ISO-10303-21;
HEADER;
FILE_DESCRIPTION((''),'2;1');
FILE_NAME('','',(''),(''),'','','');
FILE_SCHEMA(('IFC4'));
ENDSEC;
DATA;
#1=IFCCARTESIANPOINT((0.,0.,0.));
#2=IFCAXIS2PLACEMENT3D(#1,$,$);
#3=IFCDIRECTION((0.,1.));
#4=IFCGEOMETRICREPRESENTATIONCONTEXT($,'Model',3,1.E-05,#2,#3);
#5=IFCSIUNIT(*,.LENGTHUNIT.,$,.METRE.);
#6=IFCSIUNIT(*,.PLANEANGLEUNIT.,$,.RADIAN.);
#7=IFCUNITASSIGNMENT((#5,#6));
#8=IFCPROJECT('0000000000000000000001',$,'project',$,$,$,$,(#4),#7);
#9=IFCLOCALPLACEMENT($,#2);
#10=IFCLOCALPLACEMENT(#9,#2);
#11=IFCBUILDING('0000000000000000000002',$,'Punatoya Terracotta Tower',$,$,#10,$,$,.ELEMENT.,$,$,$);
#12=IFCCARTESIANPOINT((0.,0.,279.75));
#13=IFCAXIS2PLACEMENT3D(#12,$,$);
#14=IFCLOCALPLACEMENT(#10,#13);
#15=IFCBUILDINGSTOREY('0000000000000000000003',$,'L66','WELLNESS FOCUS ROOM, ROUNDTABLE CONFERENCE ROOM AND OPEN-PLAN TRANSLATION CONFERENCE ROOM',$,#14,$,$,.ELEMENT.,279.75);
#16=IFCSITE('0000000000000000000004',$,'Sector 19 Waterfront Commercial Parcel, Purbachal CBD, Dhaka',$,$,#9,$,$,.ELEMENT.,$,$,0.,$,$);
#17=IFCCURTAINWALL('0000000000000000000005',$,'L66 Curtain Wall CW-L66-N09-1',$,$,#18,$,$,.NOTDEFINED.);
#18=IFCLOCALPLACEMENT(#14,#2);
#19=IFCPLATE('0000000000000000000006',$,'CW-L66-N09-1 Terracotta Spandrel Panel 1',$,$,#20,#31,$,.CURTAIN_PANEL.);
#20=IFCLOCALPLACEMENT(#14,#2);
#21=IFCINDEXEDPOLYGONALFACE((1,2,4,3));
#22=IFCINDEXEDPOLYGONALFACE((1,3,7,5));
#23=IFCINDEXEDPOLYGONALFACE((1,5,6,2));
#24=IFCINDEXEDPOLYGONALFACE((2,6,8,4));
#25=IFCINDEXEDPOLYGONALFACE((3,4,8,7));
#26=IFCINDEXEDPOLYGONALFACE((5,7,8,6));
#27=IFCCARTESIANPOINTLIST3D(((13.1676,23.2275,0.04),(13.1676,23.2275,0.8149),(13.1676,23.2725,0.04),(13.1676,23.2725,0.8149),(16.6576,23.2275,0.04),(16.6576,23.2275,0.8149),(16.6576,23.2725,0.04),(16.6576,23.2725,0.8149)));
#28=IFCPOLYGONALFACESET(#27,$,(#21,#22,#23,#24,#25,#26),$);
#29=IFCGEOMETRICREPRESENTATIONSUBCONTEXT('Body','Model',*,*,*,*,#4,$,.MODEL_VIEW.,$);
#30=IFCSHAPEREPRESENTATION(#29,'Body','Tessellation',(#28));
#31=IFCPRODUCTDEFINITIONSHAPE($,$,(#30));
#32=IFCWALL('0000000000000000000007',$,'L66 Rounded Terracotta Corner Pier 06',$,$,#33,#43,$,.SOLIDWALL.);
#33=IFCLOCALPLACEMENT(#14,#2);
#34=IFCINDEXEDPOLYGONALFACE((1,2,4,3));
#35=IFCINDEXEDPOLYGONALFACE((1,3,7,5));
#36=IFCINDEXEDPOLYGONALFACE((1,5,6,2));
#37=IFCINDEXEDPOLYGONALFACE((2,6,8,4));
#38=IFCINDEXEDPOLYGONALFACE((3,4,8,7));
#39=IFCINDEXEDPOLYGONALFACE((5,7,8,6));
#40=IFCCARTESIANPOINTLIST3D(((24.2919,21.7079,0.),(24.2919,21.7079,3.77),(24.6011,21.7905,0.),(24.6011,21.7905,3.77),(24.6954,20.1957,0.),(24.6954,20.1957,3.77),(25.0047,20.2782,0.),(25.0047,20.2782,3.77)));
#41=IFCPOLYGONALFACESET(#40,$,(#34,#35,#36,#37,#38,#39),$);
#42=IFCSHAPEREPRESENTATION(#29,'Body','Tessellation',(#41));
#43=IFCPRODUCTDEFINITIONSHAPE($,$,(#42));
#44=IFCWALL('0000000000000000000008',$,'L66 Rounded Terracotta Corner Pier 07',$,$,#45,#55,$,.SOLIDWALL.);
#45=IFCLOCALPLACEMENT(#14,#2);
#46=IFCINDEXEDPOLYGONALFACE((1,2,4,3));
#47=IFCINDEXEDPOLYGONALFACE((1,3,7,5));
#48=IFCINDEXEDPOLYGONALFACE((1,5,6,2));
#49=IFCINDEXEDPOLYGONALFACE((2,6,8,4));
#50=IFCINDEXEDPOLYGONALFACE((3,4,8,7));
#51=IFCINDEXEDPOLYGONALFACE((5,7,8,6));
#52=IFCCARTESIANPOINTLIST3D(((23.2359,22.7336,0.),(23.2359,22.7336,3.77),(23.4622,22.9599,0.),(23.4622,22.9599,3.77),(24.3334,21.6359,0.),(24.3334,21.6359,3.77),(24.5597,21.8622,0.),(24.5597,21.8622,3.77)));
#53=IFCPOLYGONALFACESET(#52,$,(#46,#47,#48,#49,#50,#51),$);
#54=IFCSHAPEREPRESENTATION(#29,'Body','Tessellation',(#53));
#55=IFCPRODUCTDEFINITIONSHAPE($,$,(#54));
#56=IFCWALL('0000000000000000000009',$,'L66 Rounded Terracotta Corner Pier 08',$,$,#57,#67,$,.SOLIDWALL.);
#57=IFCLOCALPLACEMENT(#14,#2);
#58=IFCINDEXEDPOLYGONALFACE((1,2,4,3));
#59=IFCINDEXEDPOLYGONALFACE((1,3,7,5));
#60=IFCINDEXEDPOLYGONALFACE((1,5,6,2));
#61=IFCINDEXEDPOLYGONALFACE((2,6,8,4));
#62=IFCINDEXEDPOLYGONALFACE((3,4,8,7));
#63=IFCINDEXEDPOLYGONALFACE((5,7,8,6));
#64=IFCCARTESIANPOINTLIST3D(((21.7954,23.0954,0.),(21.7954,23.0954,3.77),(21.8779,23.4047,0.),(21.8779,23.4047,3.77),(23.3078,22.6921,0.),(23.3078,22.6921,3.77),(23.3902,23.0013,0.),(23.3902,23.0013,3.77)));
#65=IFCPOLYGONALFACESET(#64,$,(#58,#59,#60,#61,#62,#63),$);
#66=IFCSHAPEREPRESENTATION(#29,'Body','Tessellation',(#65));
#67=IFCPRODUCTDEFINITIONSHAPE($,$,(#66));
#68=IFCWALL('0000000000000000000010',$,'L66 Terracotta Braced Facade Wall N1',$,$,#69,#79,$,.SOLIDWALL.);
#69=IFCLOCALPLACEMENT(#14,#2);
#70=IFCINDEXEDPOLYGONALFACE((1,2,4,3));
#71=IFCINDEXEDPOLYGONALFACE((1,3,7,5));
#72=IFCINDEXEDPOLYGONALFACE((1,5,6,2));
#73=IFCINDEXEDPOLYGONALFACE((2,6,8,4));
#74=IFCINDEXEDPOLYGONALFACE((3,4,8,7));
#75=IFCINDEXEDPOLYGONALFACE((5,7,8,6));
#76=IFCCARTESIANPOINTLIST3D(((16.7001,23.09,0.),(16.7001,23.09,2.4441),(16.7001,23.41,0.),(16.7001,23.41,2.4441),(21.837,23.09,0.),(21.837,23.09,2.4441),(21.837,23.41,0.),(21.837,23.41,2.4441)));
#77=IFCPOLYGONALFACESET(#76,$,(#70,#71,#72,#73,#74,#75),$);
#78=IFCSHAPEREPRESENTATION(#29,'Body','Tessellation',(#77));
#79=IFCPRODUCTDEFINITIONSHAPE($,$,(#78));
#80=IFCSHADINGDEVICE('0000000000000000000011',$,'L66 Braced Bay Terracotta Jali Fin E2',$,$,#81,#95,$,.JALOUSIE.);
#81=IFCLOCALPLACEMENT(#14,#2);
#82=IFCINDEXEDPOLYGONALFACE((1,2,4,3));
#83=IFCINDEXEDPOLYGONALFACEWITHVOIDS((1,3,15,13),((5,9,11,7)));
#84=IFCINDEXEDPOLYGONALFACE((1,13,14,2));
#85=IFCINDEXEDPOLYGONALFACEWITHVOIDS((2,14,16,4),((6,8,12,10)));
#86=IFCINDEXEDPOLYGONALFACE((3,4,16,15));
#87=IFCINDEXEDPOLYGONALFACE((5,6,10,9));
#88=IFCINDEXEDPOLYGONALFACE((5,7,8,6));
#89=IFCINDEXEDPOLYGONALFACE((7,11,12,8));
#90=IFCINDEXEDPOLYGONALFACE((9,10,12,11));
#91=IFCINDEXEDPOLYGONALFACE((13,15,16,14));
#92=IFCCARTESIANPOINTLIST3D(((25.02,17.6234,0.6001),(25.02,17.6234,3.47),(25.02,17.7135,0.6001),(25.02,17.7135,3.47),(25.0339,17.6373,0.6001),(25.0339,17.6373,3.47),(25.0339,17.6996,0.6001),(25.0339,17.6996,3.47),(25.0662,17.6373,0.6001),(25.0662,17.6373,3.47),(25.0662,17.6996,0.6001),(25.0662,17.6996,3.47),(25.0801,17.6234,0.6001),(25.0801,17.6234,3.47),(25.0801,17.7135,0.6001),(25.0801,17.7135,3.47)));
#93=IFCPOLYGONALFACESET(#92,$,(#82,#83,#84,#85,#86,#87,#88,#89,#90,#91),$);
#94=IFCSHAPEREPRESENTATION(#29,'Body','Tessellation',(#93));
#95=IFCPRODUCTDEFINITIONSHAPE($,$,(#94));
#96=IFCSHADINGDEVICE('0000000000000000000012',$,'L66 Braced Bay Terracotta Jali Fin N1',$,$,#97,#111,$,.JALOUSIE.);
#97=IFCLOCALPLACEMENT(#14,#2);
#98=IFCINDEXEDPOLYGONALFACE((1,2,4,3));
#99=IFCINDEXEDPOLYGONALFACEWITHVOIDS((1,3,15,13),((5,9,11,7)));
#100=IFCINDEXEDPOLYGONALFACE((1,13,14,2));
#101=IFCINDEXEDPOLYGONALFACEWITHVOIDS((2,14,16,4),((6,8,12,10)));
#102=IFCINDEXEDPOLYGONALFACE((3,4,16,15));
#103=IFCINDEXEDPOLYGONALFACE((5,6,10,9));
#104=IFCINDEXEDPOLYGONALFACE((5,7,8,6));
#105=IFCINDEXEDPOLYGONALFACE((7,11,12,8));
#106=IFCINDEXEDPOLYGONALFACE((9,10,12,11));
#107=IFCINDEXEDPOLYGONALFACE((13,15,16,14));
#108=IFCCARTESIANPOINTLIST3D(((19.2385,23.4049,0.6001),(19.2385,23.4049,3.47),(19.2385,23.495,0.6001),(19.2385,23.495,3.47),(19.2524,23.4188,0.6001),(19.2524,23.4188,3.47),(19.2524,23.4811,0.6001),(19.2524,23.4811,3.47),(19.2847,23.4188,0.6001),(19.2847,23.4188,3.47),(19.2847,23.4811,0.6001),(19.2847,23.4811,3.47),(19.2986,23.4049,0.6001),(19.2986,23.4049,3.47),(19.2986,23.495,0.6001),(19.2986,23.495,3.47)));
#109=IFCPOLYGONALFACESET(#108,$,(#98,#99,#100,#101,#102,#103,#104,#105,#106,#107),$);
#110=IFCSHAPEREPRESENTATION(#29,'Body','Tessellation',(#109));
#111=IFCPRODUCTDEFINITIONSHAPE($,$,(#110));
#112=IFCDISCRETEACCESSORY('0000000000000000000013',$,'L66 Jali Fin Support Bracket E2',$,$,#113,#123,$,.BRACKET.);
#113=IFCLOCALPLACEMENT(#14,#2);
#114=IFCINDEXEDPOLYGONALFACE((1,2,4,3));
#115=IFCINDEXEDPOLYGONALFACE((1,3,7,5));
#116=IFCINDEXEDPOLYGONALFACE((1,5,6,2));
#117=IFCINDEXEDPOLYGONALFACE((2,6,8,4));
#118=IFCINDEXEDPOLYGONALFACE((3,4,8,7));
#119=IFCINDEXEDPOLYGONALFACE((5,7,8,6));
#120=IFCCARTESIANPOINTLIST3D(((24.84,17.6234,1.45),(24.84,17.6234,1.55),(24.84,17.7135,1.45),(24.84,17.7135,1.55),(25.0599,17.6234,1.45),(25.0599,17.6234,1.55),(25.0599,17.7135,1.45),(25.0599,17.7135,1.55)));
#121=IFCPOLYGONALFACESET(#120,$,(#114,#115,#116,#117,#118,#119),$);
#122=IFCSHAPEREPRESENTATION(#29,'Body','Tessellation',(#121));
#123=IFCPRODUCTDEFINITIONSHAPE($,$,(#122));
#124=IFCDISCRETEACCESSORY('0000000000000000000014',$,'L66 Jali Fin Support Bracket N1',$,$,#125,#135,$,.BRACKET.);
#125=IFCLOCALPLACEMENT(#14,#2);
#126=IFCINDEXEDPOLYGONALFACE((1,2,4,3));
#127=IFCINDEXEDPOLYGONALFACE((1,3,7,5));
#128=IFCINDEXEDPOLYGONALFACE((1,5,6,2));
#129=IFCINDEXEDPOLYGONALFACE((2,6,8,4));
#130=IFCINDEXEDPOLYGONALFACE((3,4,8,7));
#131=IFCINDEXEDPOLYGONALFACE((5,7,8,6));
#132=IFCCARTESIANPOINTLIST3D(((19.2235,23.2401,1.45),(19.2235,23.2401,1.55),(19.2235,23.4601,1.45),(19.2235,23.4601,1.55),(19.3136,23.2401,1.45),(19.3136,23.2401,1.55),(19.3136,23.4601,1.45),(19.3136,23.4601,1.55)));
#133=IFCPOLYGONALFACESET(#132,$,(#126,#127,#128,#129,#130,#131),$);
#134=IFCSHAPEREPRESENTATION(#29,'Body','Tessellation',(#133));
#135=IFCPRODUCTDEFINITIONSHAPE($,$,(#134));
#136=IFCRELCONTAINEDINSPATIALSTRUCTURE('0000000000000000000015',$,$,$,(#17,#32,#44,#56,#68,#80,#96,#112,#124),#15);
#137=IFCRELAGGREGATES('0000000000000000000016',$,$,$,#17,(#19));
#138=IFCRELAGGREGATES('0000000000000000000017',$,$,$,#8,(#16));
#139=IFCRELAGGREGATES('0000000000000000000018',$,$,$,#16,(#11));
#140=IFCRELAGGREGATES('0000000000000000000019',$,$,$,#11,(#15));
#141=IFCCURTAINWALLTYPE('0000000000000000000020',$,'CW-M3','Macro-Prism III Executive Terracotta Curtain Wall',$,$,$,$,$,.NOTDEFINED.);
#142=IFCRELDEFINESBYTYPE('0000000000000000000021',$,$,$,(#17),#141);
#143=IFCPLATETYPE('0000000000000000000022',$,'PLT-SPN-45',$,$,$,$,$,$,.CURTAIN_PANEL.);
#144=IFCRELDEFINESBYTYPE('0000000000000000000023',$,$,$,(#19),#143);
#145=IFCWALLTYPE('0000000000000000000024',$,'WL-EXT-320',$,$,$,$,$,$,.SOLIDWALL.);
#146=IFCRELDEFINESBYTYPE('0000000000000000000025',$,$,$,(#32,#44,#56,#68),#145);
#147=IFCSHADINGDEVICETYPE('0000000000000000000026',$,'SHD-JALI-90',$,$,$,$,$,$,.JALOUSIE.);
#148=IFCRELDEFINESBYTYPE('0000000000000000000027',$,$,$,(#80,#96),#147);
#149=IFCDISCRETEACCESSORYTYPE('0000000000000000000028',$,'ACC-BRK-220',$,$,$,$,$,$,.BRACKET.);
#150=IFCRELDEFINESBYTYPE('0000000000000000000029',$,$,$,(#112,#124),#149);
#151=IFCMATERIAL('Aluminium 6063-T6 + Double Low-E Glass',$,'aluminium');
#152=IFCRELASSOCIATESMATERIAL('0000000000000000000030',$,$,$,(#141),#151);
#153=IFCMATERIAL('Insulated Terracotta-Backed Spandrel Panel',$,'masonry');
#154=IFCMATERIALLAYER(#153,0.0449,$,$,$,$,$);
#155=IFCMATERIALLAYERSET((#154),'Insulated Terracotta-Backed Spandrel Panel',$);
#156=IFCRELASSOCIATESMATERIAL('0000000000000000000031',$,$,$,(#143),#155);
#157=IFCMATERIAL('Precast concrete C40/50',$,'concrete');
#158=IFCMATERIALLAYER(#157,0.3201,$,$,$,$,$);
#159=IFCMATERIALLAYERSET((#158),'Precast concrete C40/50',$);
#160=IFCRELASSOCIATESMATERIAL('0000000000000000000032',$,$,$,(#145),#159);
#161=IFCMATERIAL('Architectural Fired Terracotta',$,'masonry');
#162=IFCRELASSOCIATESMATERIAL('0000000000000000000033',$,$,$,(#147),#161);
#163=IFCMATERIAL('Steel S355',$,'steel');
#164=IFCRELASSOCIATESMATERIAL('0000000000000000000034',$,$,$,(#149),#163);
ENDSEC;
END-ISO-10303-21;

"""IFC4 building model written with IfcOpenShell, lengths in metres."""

from ifc_helpers import new_model, si_unit, direction, frame, frame_2d, origin, origin_2d, place, context, subcontext, project, spatial, rectangle, hollow_rectangle, extrude, material, layer, layer_set, material_profile, profile_set, type_object, element, aggregate, save


model = new_model("IFC4")

# Units and contexts
model_context = context("Model", 3, precision=1e-05, world=origin(), true_north=direction((0.0, 1.0)))
body_context = subcontext(model_context, "Body", "Model", "MODEL_VIEW")
ifc_project = project(units=[si_unit("LENGTHUNIT", "METRE"), si_unit("PLANEANGLEUNIT", "RADIAN")], contexts=[model_context])

# Site, building, storey
site_placement = place(None, origin())
site = spatial("IfcSite", under=ifc_project, at=site_placement, Name="Sector 19 Waterfront Commercial Parcel, Purbachal CBD, Dhaka", CompositionType="ELEMENT", RefElevation=0.0)
building_placement = place(site_placement, origin())
building = spatial("IfcBuilding", under=site, at=building_placement, Name="Punatoya Terracotta Tower", CompositionType="ELEMENT")
storey_placement = place(building_placement, frame((0.0, 0.0, 279.75)))
storey = spatial("IfcBuildingStorey", under=building, at=storey_placement, Name="L66", Description="WELLNESS FOCUS ROOM, ROUNDTABLE CONFERENCE ROOM AND OPEN-PLAN TRANSLATION CONFERENCE ROOM", CompositionType="ELEMENT", Elevation=279.75)

# Curtain wall
ifc_material_1 = material(Name="Aluminium 6063-T6 + Double Low-E Glass", Category="aluminium")
curtain_wall_type = type_object("IfcCurtainWallType", Name="CW-M3", Description="Macro-Prism III Executive Terracotta Curtain Wall", PredefinedType="NOTDEFINED", material=ifc_material_1)
curtain_wall_placement = place(storey_placement, origin())
curtain_wall = element("IfcCurtainWall", 1, at=curtain_wall_placement, inside=storey, type_object=curtain_wall_type, Name="L66 Curtain Wall CW-L66-N09-1", PredefinedType="NOTDEFINED")

# Plate
ifc_material_2 = material(Name="Insulated Terracotta-Backed Spandrel Panel", Category="masonry")
ifc_layer_1 = layer(ifc_material_2, 0.0449)
ifc_layer_set_1 = layer_set([ifc_layer_1], Name="Insulated Terracotta-Backed Spandrel Panel")
plate_type_1 = type_object("IfcPlateType", Name="PLT-SPN-45", PredefinedType="CURTAIN_PANEL", material=ifc_layer_set_1)
plate_1_placement = place(storey_placement, frame((14.9126, 23.25, 0.04), z_axis=(0.0, 0.0, 1.0), x_axis=(-1.0, 0.0, 0.0)))
plate_1 = element("IfcPlate", 2, at=plate_1_placement, type_object=plate_type_1, Name="CW-L66-N09-1 Terracotta Spandrel Panel 1", PredefinedType="CURTAIN_PANEL", context=body_context, shape_type="SweptSolid", body=[
    extrude(rectangle(XDim=3.49, YDim=0.0449, at=origin_2d()), origin(), (0.0, 0.0, 1.0), 0.7749),
])
aggregate(curtain_wall, [plate_1])

# Walls
ifc_material_3 = material(Name="Precast concrete C40/50", Category="concrete")
ifc_layer_2 = layer(ifc_material_3, 0.3201)
ifc_layer_set_2 = layer_set([ifc_layer_2], Name="Precast concrete C40/50")
wall_type = type_object("IfcWallType", Name="WL-EXT-320", PredefinedType="SOLIDWALL", material=ifc_layer_set_2)
wall_1_placement = place(storey_placement, frame((24.8501, 20.2368, 0.0), z_axis=(0.0, 0.0, 1.0), x_axis=(-0.257847, 0.966186, 0.0)))
element("IfcWall", 3, at=wall_1_placement, inside=storey, type_object=wall_type, Name="L66 Rounded Terracotta Corner Pier 06", PredefinedType="SOLIDWALL", context=body_context, shape_type="SweptSolid", body=[
    extrude(rectangle(XDim=1.5652, YDim=0.3201, at=frame_2d((0.7827, 0.0))), origin(), (0.0, 0.0, 1.0), 3.77),
])
wall_2_placement = place(storey_placement, frame((24.4465, 21.749, 0.0), z_axis=(0.0, 0.0, 1.0), x_axis=(-0.707028, 0.707185, 0.0)))
element("IfcWall", 4, at=wall_2_placement, inside=storey, type_object=wall_type, Name="L66 Rounded Terracotta Corner Pier 07", PredefinedType="SOLIDWALL", context=body_context, shape_type="SweptSolid", body=[
    extrude(rectangle(XDim=1.5522, YDim=0.3201, at=frame_2d((0.7761, 0.0))), origin(), (0.0, 0.0, 1.0), 3.77),
])
wall_3_placement = place(storey_placement, frame((23.3491, 22.8467, 0.0), z_axis=(0.0, 0.0, 1.0), x_axis=(-0.966225, 0.257701, 0.0)))
element("IfcWall", 5, at=wall_3_placement, inside=storey, type_object=wall_type, Name="L66 Rounded Terracotta Corner Pier 08", PredefinedType="SOLIDWALL", context=body_context, shape_type="SweptSolid", body=[
    extrude(rectangle(XDim=1.5652, YDim=0.3201, at=frame_2d((0.7827, 0.0))), origin(), (0.0, 0.0, 1.0), 3.77),
])
wall_4_placement = place(storey_placement, frame((21.8369, 23.25, 0.0), z_axis=(0.0, 0.0, 1.0), x_axis=(-1.0, 0.0, 0.0)))
element("IfcWall", 6, at=wall_4_placement, inside=storey, type_object=wall_type, Name="L66 Terracotta Braced Facade Wall N1", PredefinedType="SOLIDWALL", context=body_context, shape_type="SweptSolid", body=[
    extrude(rectangle(XDim=5.137, YDim=0.3201, at=frame_2d((2.5684, 0.0))), origin(), (0.0, 0.0, 1.0), 2.4441),
])

# Shading devices
ifc_material_4 = material(Name="Architectural Fired Terracotta", Category="masonry")
ifc_material_profile_1 = material_profile(ifc_material_4, hollow_rectangle(XDim=0.0601, YDim=0.0901, WallThickness=0.0139, at=origin_2d()))
ifc_profile_set_1 = profile_set([ifc_material_profile_1], Name="Architectural Fired Terracotta")
shading_device_type = type_object("IfcShadingDeviceType", Name="SHD-JALI-90", PredefinedType="JALOUSIE", material=ifc_profile_set_1)
for number, where, z_axis, x_axis, name in (
    (7, (25.05, 17.6685, 0.6001), (0.0, 0.0, 1.0), (1.0, 0.0, 0.0), "L66 Braced Bay Terracotta Jali Fin E2"),
    (8, (19.2686, 23.45, 0.6001), (0.0, 0.0, 1.0), (1.0, 0.0, 0.0), "L66 Braced Bay Terracotta Jali Fin N1"),
):
    element("IfcShadingDevice", number, at=place(storey_placement, frame(where, z_axis=z_axis, x_axis=x_axis)), inside=storey, type_object=shading_device_type, Name=name, PredefinedType="JALOUSIE", context=body_context, shape_type="SweptSolid", body=[
        extrude(hollow_rectangle(XDim=0.0601, YDim=0.0901, WallThickness=0.0139, at=origin_2d()), origin(), (0.0, 0.0, 1.0), 2.8699),
    ])

# Discrete accessories
ifc_material_5 = material(Name="Steel S355", Category="steel")
discrete_accessory_type = type_object("IfcDiscreteAccessoryType", Name="ACC-BRK-220", PredefinedType="BRACKET", material=ifc_material_5)
for number, where, z_axis, x_axis, name in (
    (9, (24.95, 17.6685, 1.45), (0.0, 0.0, 1.0), (0.0, 1.0, 0.0), "L66 Jali Fin Support Bracket E2"),
    (10, (19.2686, 23.3501, 1.45), (0.0, 0.0, 1.0), (-1.0, 0.0, 0.0), "L66 Jali Fin Support Bracket N1"),
):
    element("IfcDiscreteAccessory", number, at=place(storey_placement, frame(where, z_axis=z_axis, x_axis=x_axis)), inside=storey, type_object=discrete_accessory_type, Name=name, PredefinedType="BRACKET", context=body_context, shape_type="SweptSolid", body=[
        extrude(rectangle(XDim=0.0901, YDim=0.22, at=origin_2d()), origin(), (0.0, 0.0, 1.0), 0.1001),
    ])

save(model, "model.ifc")
